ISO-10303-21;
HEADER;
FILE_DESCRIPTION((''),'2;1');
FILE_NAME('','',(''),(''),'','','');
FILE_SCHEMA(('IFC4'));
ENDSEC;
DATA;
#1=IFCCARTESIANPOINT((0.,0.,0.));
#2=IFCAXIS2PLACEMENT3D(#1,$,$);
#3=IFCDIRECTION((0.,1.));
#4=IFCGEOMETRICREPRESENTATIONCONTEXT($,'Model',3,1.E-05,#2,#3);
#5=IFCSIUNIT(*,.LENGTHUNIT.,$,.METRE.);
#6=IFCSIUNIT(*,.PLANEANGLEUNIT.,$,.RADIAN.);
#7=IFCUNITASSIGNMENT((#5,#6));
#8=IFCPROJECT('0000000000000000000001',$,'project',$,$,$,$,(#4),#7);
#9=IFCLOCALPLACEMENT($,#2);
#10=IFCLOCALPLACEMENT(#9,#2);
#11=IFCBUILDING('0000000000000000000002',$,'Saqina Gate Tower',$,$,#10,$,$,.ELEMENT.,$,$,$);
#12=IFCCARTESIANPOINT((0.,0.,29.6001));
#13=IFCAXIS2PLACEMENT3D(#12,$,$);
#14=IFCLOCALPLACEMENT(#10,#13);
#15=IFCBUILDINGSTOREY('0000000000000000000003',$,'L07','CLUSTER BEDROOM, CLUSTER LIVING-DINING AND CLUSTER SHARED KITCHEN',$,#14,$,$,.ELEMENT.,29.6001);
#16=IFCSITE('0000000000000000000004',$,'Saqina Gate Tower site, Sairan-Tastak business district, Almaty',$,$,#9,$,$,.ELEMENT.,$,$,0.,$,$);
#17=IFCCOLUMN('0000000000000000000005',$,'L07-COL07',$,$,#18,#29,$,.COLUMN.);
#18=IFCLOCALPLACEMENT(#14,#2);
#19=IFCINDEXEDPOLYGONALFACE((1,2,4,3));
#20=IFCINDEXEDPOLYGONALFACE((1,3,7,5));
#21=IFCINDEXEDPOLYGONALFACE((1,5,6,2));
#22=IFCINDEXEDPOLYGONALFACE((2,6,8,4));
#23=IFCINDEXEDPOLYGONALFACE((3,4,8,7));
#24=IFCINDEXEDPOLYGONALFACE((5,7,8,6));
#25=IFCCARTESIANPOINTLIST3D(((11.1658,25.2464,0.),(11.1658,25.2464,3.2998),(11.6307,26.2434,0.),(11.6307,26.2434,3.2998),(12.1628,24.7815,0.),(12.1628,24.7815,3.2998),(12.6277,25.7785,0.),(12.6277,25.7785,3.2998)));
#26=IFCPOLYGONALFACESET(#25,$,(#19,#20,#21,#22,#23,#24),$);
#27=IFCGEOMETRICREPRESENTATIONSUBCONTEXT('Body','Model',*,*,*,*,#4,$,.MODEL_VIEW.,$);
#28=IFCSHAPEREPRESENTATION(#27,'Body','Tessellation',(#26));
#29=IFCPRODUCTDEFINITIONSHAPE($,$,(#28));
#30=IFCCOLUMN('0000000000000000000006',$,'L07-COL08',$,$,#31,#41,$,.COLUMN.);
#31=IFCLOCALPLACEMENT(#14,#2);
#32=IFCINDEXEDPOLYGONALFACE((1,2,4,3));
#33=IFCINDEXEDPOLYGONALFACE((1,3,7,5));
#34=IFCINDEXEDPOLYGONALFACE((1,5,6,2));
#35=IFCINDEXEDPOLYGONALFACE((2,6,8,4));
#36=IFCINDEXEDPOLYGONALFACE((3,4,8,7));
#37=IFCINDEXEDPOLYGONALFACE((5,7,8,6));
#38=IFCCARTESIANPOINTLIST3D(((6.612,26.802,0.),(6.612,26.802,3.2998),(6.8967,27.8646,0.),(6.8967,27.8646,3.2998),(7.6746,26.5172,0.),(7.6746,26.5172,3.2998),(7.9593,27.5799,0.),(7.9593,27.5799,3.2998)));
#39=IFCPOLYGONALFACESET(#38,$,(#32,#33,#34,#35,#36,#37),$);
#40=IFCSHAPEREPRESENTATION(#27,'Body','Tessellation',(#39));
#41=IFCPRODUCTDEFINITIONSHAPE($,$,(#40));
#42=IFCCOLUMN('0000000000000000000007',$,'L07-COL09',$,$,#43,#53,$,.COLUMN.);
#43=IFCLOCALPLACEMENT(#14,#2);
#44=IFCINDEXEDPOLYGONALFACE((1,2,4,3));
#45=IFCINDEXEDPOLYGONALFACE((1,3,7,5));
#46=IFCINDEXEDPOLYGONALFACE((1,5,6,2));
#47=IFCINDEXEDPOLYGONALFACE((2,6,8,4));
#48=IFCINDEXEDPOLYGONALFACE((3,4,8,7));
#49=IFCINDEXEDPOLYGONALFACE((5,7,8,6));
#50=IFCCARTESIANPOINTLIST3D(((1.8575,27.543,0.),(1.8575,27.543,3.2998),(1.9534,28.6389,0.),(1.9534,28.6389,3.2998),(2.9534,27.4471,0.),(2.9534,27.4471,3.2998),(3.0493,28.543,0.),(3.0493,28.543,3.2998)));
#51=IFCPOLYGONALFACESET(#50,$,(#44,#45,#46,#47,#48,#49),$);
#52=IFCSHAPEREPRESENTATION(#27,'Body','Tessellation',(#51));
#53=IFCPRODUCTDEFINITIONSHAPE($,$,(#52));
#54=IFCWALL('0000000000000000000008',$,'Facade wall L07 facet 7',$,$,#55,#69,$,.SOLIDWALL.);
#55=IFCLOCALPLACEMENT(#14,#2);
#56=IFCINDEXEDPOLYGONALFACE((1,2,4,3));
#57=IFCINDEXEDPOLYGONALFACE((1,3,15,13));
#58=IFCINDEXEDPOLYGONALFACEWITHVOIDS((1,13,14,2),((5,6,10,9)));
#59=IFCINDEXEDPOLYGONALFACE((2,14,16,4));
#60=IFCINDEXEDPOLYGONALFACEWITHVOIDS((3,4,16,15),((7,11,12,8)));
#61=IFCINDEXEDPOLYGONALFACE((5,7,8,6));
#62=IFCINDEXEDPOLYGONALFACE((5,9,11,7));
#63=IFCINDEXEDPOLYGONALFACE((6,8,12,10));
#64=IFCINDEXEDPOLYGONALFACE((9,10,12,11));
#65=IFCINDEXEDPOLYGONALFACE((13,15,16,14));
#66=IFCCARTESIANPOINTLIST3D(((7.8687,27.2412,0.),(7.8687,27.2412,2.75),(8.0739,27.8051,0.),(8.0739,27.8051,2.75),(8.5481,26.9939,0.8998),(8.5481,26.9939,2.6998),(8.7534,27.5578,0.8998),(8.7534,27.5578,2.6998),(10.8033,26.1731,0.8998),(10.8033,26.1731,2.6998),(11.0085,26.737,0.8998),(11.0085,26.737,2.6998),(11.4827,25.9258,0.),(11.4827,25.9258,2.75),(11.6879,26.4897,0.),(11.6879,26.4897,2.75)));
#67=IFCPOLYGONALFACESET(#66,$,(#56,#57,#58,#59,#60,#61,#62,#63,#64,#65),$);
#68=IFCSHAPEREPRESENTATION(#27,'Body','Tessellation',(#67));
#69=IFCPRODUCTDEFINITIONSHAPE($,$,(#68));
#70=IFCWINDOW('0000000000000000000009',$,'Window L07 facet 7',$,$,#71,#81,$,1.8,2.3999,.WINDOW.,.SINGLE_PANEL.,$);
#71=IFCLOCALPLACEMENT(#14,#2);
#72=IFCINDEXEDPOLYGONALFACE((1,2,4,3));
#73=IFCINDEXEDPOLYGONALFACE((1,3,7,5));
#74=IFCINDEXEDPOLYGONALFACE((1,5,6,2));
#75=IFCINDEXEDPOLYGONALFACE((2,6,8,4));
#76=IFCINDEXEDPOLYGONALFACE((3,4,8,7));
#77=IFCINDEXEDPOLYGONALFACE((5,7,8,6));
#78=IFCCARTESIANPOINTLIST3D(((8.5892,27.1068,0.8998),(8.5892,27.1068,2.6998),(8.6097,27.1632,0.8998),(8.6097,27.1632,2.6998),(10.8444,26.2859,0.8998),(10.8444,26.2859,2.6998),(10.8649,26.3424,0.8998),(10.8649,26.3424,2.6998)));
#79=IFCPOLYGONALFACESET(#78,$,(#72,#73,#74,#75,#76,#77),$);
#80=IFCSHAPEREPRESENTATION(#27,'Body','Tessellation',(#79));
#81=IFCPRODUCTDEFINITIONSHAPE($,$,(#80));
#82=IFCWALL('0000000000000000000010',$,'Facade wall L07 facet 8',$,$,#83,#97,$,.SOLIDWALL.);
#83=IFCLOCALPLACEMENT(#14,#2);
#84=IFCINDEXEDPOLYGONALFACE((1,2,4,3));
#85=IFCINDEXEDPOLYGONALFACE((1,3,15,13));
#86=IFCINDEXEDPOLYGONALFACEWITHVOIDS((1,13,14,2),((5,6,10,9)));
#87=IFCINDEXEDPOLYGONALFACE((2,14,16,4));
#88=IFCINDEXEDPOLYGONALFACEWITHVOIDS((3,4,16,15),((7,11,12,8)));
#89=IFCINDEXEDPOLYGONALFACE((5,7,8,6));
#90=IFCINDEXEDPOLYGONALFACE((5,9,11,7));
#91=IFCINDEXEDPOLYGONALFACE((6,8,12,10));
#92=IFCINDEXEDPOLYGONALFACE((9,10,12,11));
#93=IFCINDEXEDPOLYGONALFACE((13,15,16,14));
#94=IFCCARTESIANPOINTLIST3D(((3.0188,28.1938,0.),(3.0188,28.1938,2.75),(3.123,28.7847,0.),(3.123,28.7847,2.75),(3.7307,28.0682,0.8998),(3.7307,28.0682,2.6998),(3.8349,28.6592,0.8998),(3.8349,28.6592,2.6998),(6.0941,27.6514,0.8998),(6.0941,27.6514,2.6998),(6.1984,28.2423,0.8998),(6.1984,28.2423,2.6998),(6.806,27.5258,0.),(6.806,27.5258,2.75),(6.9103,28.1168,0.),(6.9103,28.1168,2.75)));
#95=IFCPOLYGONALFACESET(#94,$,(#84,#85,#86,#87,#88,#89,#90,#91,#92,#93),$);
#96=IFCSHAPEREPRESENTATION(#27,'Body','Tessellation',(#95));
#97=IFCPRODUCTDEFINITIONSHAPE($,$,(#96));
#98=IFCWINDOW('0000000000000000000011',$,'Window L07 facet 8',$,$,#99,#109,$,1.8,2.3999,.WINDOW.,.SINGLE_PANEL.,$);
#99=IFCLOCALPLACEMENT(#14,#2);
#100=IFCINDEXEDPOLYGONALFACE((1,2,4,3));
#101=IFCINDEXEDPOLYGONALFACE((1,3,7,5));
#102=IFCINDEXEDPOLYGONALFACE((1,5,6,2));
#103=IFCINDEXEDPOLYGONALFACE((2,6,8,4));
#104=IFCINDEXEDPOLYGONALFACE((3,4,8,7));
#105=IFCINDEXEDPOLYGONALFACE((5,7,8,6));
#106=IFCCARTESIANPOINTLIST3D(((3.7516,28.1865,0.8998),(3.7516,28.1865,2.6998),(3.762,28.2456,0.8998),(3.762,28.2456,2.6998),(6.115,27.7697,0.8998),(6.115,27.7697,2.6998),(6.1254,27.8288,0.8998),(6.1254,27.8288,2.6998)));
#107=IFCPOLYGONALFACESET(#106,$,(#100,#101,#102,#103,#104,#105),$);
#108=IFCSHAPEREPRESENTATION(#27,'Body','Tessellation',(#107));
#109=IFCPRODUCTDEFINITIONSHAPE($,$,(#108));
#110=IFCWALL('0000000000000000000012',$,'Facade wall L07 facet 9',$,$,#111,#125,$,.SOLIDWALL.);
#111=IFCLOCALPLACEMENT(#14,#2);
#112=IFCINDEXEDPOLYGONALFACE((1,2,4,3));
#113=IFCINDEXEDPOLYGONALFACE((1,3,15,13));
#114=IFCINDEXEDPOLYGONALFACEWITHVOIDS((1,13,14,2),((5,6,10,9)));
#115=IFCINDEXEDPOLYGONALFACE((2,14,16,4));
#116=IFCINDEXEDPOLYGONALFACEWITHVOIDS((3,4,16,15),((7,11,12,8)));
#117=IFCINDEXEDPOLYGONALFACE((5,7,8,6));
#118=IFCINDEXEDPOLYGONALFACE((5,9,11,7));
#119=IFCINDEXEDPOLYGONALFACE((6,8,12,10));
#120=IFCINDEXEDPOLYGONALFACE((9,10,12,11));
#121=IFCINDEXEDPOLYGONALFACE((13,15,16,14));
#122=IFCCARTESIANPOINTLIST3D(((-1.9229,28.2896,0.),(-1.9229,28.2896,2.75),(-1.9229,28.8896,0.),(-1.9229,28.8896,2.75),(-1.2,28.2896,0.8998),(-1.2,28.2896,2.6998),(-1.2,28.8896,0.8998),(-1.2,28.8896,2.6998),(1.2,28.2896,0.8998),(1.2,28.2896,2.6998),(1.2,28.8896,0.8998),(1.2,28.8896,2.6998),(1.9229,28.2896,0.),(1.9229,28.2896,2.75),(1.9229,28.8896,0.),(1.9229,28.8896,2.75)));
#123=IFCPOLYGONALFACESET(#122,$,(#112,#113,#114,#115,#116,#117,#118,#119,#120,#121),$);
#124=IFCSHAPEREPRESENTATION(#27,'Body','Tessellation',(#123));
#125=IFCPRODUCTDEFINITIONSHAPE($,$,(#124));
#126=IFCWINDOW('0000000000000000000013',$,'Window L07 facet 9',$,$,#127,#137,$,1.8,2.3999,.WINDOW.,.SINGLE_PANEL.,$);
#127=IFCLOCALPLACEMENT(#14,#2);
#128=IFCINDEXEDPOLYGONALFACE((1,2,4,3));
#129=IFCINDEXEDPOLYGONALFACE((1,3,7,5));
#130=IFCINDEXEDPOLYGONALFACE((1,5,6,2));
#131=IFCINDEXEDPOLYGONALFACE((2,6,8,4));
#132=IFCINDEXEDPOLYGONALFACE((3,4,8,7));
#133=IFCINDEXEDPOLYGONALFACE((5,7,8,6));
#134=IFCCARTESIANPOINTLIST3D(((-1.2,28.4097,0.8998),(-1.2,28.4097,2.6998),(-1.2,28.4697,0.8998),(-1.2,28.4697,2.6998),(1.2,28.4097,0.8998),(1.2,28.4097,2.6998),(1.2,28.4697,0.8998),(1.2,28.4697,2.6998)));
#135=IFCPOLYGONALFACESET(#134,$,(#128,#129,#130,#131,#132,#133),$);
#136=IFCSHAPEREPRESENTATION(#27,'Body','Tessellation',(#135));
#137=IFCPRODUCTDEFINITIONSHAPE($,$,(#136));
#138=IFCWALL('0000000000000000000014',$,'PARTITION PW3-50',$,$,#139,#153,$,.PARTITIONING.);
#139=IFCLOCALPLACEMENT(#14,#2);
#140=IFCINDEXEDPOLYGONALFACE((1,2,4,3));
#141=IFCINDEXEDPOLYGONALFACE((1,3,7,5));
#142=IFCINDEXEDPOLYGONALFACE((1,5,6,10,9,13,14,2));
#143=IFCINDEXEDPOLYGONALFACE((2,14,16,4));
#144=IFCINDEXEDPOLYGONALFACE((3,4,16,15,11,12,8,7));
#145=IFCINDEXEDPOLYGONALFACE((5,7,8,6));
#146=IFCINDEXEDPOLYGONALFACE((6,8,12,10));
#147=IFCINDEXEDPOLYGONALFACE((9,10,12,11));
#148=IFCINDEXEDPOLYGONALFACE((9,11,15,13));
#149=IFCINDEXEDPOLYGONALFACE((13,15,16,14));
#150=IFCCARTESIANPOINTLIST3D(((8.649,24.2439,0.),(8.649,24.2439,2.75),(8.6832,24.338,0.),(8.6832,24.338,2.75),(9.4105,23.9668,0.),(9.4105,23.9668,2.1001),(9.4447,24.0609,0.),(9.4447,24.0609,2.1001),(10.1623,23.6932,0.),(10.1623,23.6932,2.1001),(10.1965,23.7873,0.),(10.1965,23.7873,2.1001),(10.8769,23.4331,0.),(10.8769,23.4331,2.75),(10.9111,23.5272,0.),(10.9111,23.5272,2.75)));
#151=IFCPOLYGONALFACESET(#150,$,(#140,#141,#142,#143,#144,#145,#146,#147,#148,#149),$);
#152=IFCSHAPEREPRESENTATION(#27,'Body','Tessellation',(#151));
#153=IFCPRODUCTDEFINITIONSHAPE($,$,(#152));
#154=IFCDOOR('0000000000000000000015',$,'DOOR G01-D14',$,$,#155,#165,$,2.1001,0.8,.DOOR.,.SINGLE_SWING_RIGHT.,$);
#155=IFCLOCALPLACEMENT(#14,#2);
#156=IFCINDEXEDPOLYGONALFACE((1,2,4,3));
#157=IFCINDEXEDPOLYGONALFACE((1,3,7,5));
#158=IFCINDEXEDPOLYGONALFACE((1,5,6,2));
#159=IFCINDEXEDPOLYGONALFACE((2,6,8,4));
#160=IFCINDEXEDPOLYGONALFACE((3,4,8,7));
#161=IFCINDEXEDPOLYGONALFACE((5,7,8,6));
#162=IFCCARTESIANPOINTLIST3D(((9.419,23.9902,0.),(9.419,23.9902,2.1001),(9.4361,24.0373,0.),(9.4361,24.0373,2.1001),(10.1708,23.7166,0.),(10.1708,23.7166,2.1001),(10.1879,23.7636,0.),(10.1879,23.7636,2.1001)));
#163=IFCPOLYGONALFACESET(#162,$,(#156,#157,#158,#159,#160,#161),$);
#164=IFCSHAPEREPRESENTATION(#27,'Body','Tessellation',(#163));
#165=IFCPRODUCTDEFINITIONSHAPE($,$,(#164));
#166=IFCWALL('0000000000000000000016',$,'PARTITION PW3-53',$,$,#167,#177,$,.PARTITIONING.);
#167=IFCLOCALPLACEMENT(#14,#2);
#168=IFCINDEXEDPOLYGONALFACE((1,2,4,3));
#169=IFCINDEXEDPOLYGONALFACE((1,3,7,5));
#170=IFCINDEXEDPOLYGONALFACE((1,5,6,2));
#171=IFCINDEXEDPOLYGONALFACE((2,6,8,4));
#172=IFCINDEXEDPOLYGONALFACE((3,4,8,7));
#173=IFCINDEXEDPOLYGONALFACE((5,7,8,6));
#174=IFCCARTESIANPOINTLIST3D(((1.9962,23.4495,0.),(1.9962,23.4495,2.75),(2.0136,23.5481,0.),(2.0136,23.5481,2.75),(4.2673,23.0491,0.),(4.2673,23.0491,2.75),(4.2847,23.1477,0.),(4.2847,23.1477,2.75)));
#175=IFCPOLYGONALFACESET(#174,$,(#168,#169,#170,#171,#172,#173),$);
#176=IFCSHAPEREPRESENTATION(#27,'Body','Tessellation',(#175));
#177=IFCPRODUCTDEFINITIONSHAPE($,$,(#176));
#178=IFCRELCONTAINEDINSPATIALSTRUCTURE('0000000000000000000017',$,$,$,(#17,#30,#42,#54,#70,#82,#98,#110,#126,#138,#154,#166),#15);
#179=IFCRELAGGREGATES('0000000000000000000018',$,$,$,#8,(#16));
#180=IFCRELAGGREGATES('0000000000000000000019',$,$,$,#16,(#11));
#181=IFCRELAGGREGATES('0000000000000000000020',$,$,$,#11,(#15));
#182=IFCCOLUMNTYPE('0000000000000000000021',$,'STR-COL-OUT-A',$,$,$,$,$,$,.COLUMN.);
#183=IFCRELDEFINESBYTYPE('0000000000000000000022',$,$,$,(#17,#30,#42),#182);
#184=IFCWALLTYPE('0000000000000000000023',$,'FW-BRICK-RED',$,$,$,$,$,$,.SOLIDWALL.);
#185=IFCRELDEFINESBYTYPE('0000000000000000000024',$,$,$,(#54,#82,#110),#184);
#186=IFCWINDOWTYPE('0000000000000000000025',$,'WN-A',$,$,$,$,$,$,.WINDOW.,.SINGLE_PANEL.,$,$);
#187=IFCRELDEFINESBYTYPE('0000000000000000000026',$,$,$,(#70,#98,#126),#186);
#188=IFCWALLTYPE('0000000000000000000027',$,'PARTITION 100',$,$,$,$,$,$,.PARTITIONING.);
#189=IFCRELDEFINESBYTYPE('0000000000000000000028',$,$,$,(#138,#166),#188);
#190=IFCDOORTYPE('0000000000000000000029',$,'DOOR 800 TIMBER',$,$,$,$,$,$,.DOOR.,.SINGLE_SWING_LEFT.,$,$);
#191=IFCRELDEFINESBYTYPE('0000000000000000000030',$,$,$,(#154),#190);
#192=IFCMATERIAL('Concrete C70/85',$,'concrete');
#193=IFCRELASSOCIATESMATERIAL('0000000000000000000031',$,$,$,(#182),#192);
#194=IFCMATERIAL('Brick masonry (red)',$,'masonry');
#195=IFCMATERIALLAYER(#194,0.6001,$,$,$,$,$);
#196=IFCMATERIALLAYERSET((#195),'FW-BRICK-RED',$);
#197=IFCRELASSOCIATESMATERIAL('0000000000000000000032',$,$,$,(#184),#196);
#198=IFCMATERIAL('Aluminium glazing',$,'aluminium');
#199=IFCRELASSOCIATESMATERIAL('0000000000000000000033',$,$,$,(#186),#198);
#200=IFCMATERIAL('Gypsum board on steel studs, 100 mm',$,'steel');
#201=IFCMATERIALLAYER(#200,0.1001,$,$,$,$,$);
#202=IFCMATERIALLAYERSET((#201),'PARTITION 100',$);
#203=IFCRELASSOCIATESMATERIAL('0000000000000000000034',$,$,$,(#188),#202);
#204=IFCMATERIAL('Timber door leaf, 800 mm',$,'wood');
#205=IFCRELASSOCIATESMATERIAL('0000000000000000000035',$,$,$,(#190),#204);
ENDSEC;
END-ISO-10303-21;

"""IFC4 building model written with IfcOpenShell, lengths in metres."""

from ifc_helpers import new_model, si_unit, direction, frame, frame_2d, origin, origin_2d, place, context, subcontext, project, spatial, rectangle, extrude, material, layer, layer_set, material_profile, profile_set, type_object, element, fill, save


model = new_model("IFC4")

# Units and contexts
model_context = context("Model", 3, precision=1e-05, world=origin(), true_north=direction((0.0, 1.0)))
body_context = subcontext(model_context, "Body", "Model", "MODEL_VIEW")
ifc_project = project(units=[si_unit("LENGTHUNIT", "METRE"), si_unit("PLANEANGLEUNIT", "RADIAN")], contexts=[model_context])

# Site, building, storey
site_placement = place(None, origin())
site = spatial("IfcSite", under=ifc_project, at=site_placement, Name="Saqina Gate Tower site, Sairan-Tastak business district, Almaty", CompositionType="ELEMENT", RefElevation=0.0)
building_placement = place(site_placement, origin())
building = spatial("IfcBuilding", under=site, at=building_placement, Name="Saqina Gate Tower", CompositionType="ELEMENT")
storey_placement = place(building_placement, frame((0.0, 0.0, 29.6001)))
storey = spatial("IfcBuildingStorey", under=building, at=storey_placement, Name="L07", Description="CLUSTER BEDROOM, CLUSTER LIVING-DINING AND CLUSTER SHARED KITCHEN", CompositionType="ELEMENT", Elevation=29.6001)

# Columns
ifc_material_1 = material(Name="Concrete C70/85", Category="concrete")
ifc_material_profile = material_profile(ifc_material_1, rectangle(XDim=1.1001, YDim=1.1001, at=origin_2d()), Name="RC 1100x1100")
ifc_profile_set = profile_set([ifc_material_profile], Name="Concrete C70/85")
column_type = type_object("IfcColumnType", Name="STR-COL-OUT-A", PredefinedType="COLUMN", material=ifc_profile_set)
for number, where, z_axis, x_axis, name in (
    (1, (11.8967, 25.5125, 0.0), (0.0, 0.0, 1.0), (0.422618, 0.906308, 0.0), "L07-COL07"),
    (2, (7.2856, 27.1909, 0.0), (0.0, 0.0, 1.0), (0.258819, 0.965926, 0.0), "L07-COL08"),
    (3, (2.4534, 28.043, 0.0), (0.0, 0.0, 1.0), (0.087156, 0.996195, 0.0), "L07-COL09"),
):
    element("IfcColumn", number, at=place(storey_placement, frame(where, z_axis=z_axis, x_axis=x_axis)), inside=storey, type_object=column_type, Name=name, PredefinedType="COLUMN", context=body_context, shape_type="SweptSolid", body=[
        extrude(rectangle(XDim=1.1001, YDim=1.1001, at=origin_2d()), origin(), (0.0, 0.0, 1.0), 3.2998),
    ])

# Walls, openings, windows
ifc_material_2 = material(Name="Brick masonry (red)", Category="masonry")
ifc_layer_1 = layer(ifc_material_2, 0.6001)
ifc_layer_set_1 = layer_set([ifc_layer_1], Name="FW-BRICK-RED")
wall_type_1 = type_object("IfcWallType", Name="FW-BRICK-RED", PredefinedType="SOLIDWALL", material=ifc_layer_set_1)
wall_1_placement = place(storey_placement, frame((11.5852, 26.2078, 0.0), z_axis=(0.0, 0.0, 1.0), x_axis=(-0.93969, 0.342028, 0.0)))
wall_1 = element("IfcWall", 4, at=wall_1_placement, inside=storey, type_object=wall_type_1, Name="Facade wall L07 facet 7", PredefinedType="SOLIDWALL", context=body_context, shape_type="SweptSolid", body=[
    extrude(rectangle(XDim=3.8459, YDim=0.6001, at=frame_2d((1.9229, 0.0))), origin(), (0.0, 0.0, 1.0), 2.75),
])
opening_1_placement = place(wall_1_placement, frame((0.7229, 0.0, 0.8999)))
opening_1 = element("IfcOpeningElement", 5, at=opening_1_placement, cuts=wall_1, PredefinedType="OPENING", context=body_context, shape_type="SweptSolid", body=[
    extrude(rectangle(XDim=2.3999, YDim=1.8, at=frame_2d((1.2, 0.8999))), frame((0.0, 0.312, 0.0), z_axis=(0.0, -1.0, 0.0), x_axis=(1.0, 0.0, 0.0)), (0.0, 0.0, 1.0), 0.624),
])
ifc_material_3 = material(Name="Aluminium glazing", Category="aluminium")
window_type = type_object("IfcWindowType", Name="WN-A", PartitioningType="SINGLE_PANEL", PredefinedType="WINDOW", material=ifc_material_3)
window_1_placement = place(opening_1_placement, origin())
window_1 = element("IfcWindow", 6, at=window_1_placement, inside=storey, type_object=window_type, Name="Window L07 facet 7", OverallHeight=1.8, OverallWidth=2.3999, PartitioningType="SINGLE_PANEL", PredefinedType="WINDOW", context=body_context, shape_type="SweptSolid", body=[
    extrude(rectangle(XDim=2.3999, YDim=1.8, at=frame_2d((1.2, 0.8999))), frame((0.0, 0.1799, 0.0), z_axis=(0.0, -1.0, 0.0), x_axis=(1.0, 0.0, 0.0)), (0.0, 0.0, 1.0), 0.0601),
])
fill(opening_1, window_1)
wall_2_placement = place(storey_placement, frame((6.8582, 27.8213, 0.0), z_axis=(0.0, 0.0, 1.0), x_axis=(-0.984801, 0.173688, 0.0)))
wall_2 = element("IfcWall", 7, at=wall_2_placement, inside=storey, type_object=wall_type_1, Name="Facade wall L07 facet 8", PredefinedType="SOLIDWALL", context=body_context, shape_type="SweptSolid", body=[
    extrude(rectangle(XDim=3.8457, YDim=0.6001, at=frame_2d((1.9229, 0.0))), origin(), (0.0, 0.0, 1.0), 2.75),
])
opening_2_placement = place(wall_2_placement, frame((0.7229, 0.0, 0.8999)))
opening_2 = element("IfcOpeningElement", 8, at=opening_2_placement, cuts=wall_2, PredefinedType="OPENING", context=body_context, shape_type="SweptSolid", body=[
    extrude(rectangle(XDim=2.3999, YDim=1.8, at=frame_2d((1.2, 0.8999))), frame((0.0, 0.312, 0.0), z_axis=(0.0, -1.0, 0.0), x_axis=(1.0, 0.0, 0.0)), (0.0, 0.0, 1.0), 0.624),
])
window_2_placement = place(opening_2_placement, origin())
window_2 = element("IfcWindow", 9, at=window_2_placement, inside=storey, type_object=window_type, Name="Window L07 facet 8", OverallHeight=1.8, OverallWidth=2.3999, PartitioningType="SINGLE_PANEL", PredefinedType="WINDOW", context=body_context, shape_type="SweptSolid", body=[
    extrude(rectangle(XDim=2.3999, YDim=1.8, at=frame_2d((1.2, 0.8999))), frame((0.0, 0.1799, 0.0), z_axis=(0.0, -1.0, 0.0), x_axis=(1.0, 0.0, 0.0)), (0.0, 0.0, 1.0), 0.0601),
])
fill(opening_2, window_2)
wall_3_placement = place(storey_placement, frame((1.9229, 28.5896, 0.0), z_axis=(0.0, 0.0, 1.0), x_axis=(-1.0, 0.0, 0.0)))
wall_3 = element("IfcWall", 10, at=wall_3_placement, inside=storey, type_object=wall_type_1, Name="Facade wall L07 facet 9", PredefinedType="SOLIDWALL", context=body_context, shape_type="SweptSolid", body=[
    extrude(rectangle(XDim=3.8457, YDim=0.6001, at=frame_2d((1.9229, 0.0))), origin(), (0.0, 0.0, 1.0), 2.75),
])
opening_3_placement = place(wall_3_placement, frame((0.7229, 0.0, 0.8999)))
opening_3 = element("IfcOpeningElement", 11, at=opening_3_placement, cuts=wall_3, PredefinedType="OPENING", context=body_context, shape_type="SweptSolid", body=[
    extrude(rectangle(XDim=2.3999, YDim=1.8, at=frame_2d((1.2, 0.8999))), frame((0.0, 0.312, 0.0), z_axis=(0.0, -1.0, 0.0), x_axis=(1.0, 0.0, 0.0)), (0.0, 0.0, 1.0), 0.624),
])
window_3_placement = place(opening_3_placement, origin())
window_3 = element("IfcWindow", 12, at=window_3_placement, inside=storey, type_object=window_type, Name="Window L07 facet 9", OverallHeight=1.8, OverallWidth=2.3999, PartitioningType="SINGLE_PANEL", PredefinedType="WINDOW", context=body_context, shape_type="SweptSolid", body=[
    extrude(rectangle(XDim=2.3999, YDim=1.8, at=frame_2d((1.2, 0.8999))), frame((0.0, 0.1799, 0.0), z_axis=(0.0, -1.0, 0.0), x_axis=(1.0, 0.0, 0.0)), (0.0, 0.0, 1.0), 0.0601),
])
fill(opening_3, window_3)

# Wall, opening, door
ifc_material_4 = material(Name="Gypsum board on steel studs, 100 mm", Category="steel")
ifc_layer_2 = layer(ifc_material_4, 0.1001)
ifc_layer_set_2 = layer_set([ifc_layer_2], Name="PARTITION 100")
wall_type_2 = type_object("IfcWallType", Name="PARTITION 100", PredefinedType="PARTITIONING", material=ifc_layer_set_2)
wall_4_placement = place(storey_placement, frame((8.666, 24.291, 0.0), z_axis=(0.0, 0.0, 1.0), x_axis=(0.9397, -0.341999, 0.0)))
wall_4 = element("IfcWall", 13, at=wall_4_placement, inside=storey, type_object=wall_type_2, Name="PARTITION PW3-50", PredefinedType="PARTITIONING", context=body_context, shape_type="SweptSolid", body=[
    extrude(rectangle(XDim=2.3708, YDim=0.1001, at=frame_2d((1.1855, 0.0))), origin(), (0.0, 0.0, 1.0), 2.75),
])
opening_4_placement = place(wall_4_placement, frame((0.8105, 0.0, 0.0)))
opening_4 = element("IfcOpeningElement", 14, at=opening_4_placement, cuts=wall_4, PredefinedType="OPENING", context=body_context, shape_type="SweptSolid", body=[
    extrude(rectangle(XDim=0.8, YDim=2.1001, at=frame_2d((0.3999, 1.05))), frame((0.0, 0.062, 0.0), z_axis=(0.0, -1.0, 0.0), x_axis=(1.0, 0.0, 0.0)), (0.0, 0.0, 1.0), 0.124),
])
ifc_material_5 = material(Name="Timber door leaf, 800 mm", Category="wood")
door_type_1 = type_object("IfcDoorType", Name="DOOR 800 TIMBER", OperationType="SINGLE_SWING_LEFT", PredefinedType="DOOR", material=ifc_material_5)
door_1_placement = place(opening_4_placement, origin())
door_1 = element("IfcDoor", 15, at=door_1_placement, inside=storey, type_object=door_type_1, Name="DOOR G01-D14", OperationType="SINGLE_SWING_RIGHT", OverallHeight=2.1001, OverallWidth=0.8, PredefinedType="DOOR", context=body_context, shape_type="SweptSolid", body=[
    extrude(rectangle(XDim=0.8, YDim=2.1001, at=frame_2d((0.3999, 1.05))), frame((0.0, 0.0249, 0.0), z_axis=(0.0, -1.0, 0.0), x_axis=(1.0, 0.0, 0.0)), (0.0, 0.0, 1.0), 0.05),
])
fill(opening_4, door_1)

# Wall
wall_5_placement = place(storey_placement, frame((2.0049, 23.4988, 0.0), z_axis=(0.0, 0.0, 1.0), x_axis=(0.984814, -0.17361, 0.0)))
element("IfcWall", 16, at=wall_5_placement, inside=storey, type_object=wall_type_2, Name="PARTITION PW3-53", PredefinedType="PARTITIONING", context=body_context, shape_type="SweptSolid", body=[
    extrude(rectangle(XDim=2.3062, YDim=0.1001, at=frame_2d((1.1531, 0.0))), origin(), (0.0, 0.0, 1.0), 2.75),
])

save(model, "model.ifc")
